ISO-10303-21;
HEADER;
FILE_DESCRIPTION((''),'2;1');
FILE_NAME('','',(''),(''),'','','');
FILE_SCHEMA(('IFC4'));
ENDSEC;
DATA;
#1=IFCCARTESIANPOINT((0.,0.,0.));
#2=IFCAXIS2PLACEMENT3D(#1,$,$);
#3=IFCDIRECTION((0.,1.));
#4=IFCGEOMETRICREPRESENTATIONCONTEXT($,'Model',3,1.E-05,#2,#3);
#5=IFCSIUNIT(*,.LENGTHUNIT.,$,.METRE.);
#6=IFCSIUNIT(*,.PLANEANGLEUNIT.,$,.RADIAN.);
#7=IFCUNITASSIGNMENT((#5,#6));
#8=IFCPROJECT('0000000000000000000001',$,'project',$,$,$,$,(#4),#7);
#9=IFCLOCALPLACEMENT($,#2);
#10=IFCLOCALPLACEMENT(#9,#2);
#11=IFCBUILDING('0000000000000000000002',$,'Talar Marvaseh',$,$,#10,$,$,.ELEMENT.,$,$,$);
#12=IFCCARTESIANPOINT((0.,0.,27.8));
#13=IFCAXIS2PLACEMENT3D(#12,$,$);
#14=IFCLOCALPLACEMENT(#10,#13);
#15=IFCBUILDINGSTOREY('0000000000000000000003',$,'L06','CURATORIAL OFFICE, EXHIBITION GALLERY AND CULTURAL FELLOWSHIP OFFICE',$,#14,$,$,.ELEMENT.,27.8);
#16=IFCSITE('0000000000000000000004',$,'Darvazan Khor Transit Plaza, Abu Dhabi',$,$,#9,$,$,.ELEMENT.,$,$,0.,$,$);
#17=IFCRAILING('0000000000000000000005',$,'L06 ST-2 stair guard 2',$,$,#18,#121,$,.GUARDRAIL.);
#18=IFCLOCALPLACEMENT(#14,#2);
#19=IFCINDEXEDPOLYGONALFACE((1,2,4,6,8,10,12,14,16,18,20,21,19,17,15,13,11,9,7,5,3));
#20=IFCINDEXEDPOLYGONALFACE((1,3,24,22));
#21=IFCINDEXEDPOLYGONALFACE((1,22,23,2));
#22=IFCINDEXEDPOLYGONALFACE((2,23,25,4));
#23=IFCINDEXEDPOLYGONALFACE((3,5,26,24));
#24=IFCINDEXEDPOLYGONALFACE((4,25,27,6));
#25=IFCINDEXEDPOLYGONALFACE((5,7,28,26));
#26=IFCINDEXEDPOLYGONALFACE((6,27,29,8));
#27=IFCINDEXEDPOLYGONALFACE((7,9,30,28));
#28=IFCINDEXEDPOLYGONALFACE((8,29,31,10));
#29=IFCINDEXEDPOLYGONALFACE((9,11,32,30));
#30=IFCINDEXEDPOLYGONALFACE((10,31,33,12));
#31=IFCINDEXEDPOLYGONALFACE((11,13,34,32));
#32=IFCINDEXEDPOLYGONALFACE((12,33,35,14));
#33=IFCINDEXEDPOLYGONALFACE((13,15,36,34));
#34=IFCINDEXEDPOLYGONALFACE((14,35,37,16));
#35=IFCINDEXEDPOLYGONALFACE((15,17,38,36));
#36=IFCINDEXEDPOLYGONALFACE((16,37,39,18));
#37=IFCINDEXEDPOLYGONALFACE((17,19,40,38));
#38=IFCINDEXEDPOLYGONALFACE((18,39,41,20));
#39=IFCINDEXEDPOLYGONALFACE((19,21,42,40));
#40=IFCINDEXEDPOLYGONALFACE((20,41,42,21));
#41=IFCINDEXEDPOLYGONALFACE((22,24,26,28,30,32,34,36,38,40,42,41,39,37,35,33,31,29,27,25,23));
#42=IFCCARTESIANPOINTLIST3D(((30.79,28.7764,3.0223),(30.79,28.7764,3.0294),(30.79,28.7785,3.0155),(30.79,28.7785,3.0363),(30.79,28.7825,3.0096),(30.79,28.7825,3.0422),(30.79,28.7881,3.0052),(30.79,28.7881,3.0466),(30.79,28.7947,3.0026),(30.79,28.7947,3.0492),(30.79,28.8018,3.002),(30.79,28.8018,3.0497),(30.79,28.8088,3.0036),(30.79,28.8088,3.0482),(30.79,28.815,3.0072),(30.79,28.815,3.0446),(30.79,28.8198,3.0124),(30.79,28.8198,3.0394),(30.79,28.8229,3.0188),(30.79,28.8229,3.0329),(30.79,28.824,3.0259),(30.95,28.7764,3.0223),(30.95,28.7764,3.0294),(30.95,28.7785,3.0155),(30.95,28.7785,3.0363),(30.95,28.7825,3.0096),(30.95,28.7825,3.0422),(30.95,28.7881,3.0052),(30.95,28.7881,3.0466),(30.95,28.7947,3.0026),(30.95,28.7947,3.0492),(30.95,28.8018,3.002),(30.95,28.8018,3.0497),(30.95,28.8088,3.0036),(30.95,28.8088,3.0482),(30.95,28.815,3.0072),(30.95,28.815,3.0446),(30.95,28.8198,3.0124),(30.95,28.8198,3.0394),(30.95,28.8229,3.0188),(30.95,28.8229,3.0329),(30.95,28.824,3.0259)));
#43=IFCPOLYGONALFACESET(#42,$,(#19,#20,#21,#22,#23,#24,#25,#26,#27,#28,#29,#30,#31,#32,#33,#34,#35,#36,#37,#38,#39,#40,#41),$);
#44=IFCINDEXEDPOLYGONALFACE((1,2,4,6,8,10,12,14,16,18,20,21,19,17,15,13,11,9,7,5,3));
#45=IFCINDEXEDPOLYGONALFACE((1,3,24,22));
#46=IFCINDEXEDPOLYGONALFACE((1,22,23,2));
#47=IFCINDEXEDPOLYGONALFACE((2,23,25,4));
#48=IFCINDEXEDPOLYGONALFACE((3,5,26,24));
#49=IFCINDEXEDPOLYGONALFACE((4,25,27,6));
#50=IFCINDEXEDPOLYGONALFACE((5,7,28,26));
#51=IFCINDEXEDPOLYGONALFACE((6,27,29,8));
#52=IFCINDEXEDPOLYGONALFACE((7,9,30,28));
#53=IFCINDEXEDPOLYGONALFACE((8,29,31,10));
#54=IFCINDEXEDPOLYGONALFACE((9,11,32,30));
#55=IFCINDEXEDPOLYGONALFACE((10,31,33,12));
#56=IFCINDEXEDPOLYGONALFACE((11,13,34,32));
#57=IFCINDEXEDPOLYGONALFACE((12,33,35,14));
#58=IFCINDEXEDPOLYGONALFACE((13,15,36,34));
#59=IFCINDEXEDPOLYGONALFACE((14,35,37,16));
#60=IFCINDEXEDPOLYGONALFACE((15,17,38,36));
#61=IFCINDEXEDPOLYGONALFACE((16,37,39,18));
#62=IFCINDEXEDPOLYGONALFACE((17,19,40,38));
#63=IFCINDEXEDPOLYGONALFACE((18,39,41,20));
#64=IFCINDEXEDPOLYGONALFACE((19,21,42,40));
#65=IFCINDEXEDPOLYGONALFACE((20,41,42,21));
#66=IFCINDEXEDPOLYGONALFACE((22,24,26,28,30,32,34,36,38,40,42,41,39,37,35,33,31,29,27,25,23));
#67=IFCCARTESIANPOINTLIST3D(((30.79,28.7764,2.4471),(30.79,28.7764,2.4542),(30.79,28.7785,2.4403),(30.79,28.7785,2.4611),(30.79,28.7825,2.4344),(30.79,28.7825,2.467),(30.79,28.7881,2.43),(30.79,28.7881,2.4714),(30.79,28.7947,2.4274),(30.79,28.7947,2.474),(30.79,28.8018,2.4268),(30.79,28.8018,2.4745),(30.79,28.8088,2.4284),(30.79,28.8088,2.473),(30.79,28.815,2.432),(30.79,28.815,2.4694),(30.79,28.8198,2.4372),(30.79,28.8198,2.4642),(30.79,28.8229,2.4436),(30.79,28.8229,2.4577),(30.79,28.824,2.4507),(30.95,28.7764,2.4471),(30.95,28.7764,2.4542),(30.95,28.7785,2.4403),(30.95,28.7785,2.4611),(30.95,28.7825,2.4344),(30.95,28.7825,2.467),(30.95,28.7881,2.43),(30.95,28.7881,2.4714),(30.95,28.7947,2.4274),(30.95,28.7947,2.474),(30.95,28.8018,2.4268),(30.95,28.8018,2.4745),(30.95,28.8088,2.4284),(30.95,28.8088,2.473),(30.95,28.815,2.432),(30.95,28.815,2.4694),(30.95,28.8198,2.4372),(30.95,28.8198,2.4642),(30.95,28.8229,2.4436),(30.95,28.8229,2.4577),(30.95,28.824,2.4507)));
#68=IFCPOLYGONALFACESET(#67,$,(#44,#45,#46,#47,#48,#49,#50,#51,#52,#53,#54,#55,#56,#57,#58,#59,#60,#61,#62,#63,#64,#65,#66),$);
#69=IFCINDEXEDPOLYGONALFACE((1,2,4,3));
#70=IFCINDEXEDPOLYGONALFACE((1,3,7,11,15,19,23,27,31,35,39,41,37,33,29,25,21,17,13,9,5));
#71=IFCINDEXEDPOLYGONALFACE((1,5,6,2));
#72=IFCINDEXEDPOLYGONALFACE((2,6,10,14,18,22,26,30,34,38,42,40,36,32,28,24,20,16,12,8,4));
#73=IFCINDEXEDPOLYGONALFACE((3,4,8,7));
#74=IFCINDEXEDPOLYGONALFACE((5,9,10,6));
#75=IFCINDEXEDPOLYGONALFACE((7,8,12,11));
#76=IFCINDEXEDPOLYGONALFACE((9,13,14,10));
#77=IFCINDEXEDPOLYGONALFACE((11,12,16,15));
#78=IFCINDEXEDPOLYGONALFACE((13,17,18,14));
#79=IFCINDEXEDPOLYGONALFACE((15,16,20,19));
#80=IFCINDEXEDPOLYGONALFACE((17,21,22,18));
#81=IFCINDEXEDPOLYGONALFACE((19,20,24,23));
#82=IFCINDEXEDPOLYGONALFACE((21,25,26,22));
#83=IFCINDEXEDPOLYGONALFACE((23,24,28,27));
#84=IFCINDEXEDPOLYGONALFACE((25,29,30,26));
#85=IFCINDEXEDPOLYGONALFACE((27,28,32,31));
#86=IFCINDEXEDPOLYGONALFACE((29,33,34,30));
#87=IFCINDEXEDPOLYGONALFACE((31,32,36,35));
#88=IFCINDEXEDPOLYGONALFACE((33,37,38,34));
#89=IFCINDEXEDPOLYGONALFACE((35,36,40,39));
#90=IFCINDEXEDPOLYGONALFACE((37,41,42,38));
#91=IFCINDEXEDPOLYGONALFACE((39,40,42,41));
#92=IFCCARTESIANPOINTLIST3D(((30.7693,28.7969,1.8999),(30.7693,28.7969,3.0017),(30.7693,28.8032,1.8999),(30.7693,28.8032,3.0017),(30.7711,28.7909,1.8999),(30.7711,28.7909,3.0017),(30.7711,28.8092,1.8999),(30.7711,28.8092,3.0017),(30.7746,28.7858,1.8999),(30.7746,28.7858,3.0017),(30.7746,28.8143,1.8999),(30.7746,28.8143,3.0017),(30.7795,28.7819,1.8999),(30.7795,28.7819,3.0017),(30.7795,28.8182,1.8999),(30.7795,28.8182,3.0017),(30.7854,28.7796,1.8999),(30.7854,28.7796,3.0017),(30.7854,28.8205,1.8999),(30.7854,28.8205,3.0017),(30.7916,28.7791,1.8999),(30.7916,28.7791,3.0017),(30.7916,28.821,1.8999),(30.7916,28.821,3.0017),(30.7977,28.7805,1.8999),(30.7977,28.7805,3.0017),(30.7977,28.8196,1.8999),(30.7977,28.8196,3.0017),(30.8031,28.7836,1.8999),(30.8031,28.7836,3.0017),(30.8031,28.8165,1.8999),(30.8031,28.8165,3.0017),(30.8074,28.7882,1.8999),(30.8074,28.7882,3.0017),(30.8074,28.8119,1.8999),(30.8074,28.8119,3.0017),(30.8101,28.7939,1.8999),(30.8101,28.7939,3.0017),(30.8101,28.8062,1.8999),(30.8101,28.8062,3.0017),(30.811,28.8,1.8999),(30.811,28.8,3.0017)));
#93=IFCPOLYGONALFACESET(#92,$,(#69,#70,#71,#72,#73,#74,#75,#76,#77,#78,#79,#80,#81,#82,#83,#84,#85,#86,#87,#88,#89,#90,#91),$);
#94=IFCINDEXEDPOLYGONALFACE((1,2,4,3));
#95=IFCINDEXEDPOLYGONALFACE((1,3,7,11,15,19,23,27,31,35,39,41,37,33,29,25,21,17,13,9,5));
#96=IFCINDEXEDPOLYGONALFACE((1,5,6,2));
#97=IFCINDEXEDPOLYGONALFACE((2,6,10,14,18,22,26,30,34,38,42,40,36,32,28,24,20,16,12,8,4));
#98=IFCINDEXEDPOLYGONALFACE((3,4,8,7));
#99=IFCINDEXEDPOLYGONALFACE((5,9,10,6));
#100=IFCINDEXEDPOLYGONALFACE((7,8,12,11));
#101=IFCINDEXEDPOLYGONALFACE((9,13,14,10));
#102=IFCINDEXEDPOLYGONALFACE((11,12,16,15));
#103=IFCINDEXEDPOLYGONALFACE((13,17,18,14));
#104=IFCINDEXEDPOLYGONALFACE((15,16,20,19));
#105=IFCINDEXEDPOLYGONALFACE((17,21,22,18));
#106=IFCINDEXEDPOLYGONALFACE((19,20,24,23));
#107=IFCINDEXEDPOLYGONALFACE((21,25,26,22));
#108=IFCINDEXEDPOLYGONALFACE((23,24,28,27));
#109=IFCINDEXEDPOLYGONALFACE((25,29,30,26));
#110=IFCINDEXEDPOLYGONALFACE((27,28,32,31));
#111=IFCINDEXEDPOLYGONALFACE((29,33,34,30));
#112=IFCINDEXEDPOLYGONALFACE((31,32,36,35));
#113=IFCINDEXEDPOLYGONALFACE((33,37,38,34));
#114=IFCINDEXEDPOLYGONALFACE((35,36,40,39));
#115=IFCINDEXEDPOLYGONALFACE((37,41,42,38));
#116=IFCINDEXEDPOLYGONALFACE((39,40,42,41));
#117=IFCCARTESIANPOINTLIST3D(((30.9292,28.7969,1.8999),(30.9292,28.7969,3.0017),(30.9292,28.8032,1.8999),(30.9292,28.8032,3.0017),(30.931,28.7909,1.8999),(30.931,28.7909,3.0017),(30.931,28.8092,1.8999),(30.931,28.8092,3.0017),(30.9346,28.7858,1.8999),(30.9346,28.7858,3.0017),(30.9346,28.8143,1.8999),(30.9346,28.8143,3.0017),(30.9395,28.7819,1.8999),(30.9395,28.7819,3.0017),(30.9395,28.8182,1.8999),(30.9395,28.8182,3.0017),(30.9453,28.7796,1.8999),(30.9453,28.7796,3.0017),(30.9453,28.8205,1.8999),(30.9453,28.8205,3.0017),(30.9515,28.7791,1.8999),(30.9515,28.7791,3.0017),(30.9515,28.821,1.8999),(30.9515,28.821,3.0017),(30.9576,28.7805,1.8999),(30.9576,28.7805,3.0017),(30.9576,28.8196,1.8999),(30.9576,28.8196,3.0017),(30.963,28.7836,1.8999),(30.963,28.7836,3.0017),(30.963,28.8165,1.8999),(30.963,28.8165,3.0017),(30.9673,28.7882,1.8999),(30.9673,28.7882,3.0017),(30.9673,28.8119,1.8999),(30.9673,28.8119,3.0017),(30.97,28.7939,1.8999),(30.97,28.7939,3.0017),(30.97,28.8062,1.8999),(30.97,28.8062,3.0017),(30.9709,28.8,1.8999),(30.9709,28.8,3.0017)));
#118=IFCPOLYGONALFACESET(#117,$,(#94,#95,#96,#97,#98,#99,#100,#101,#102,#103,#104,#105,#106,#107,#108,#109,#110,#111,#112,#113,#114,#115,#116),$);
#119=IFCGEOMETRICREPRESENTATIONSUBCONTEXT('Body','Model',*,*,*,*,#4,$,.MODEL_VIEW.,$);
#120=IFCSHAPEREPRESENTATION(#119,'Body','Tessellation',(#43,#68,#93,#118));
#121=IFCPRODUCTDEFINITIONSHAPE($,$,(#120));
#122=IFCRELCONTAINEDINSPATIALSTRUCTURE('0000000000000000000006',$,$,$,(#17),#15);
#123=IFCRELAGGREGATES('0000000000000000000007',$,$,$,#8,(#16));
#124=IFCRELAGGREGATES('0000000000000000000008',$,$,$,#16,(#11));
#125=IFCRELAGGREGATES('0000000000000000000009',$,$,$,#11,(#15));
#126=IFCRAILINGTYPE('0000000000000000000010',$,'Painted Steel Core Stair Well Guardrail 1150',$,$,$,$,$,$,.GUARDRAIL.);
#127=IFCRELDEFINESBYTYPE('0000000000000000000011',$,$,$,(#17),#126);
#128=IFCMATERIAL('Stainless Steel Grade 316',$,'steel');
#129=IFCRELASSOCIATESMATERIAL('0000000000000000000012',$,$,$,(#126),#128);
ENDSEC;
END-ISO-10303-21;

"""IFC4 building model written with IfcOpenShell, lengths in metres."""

from ifc_helpers import new_model, si_unit, direction, frame, origin, origin_2d, place, context, subcontext, project, spatial, circle, extrude, material, type_object, element, save


model = new_model("IFC4")

# Units and contexts
model_context = context("Model", 3, precision=1e-05, world=origin(), true_north=direction((0.0, 1.0)))
body_context = subcontext(model_context, "Body", "Model", "MODEL_VIEW")
ifc_project = project(units=[si_unit("LENGTHUNIT", "METRE"), si_unit("PLANEANGLEUNIT", "RADIAN")], contexts=[model_context])

# Site, building, storey
site_placement = place(None, origin())
site = spatial("IfcSite", under=ifc_project, at=site_placement, Name="Darvazan Khor Transit Plaza, Abu Dhabi", CompositionType="ELEMENT", RefElevation=0.0)
building_placement = place(site_placement, origin())
building = spatial("IfcBuilding", under=site, at=building_placement, Name="Talar Marvaseh", CompositionType="ELEMENT")
storey_placement = place(building_placement, frame((0.0, 0.0, 27.8)))
storey = spatial("IfcBuildingStorey", under=building, at=storey_placement, Name="L06", Description="CURATORIAL OFFICE, EXHIBITION GALLERY AND CULTURAL FELLOWSHIP OFFICE", CompositionType="ELEMENT", Elevation=27.8)

# Railing
ifc_material_1 = material(Name="Stainless Steel Grade 316", Category="steel")
railing_type_1 = type_object("IfcRailingType", Name="Painted Steel Core Stair Well Guardrail 1150", PredefinedType="GUARDRAIL", material=ifc_material_1)
railing_1_placement = place(storey_placement, frame((30.79, 28.8, 1.8999)))
element("IfcRailing", 1, at=railing_1_placement, inside=storey, type_object=railing_type_1, Name="L06 ST-2 stair guard 2", PredefinedType="GUARDRAIL", context=body_context, shape_type="SweptSolid", body=[
    extrude(circle(Radius=0.0239, at=origin_2d()), frame((0.0, 0.0, 1.126), z_axis=(1.0, 0.0, 0.0), x_axis=(0.0, 1.0, 0.0)), (0.0, 0.0, 1.0), 0.1599),
    extrude(circle(Radius=0.0239, at=origin_2d()), frame((0.0, 0.0, 0.5508), z_axis=(1.0, 0.0, 0.0), x_axis=(0.0, 1.0, 0.0)), (0.0, 0.0, 1.0), 0.1599),
    extrude(circle(Radius=0.021, at=origin_2d()), origin(), (0.0, 0.0, 1.0), 1.1018),
    extrude(circle(Radius=0.021, at=origin_2d()), frame((0.1599, 0.0, 0.0)), (0.0, 0.0, 1.0), 1.1018),
])

save(model, "model.ifc")
